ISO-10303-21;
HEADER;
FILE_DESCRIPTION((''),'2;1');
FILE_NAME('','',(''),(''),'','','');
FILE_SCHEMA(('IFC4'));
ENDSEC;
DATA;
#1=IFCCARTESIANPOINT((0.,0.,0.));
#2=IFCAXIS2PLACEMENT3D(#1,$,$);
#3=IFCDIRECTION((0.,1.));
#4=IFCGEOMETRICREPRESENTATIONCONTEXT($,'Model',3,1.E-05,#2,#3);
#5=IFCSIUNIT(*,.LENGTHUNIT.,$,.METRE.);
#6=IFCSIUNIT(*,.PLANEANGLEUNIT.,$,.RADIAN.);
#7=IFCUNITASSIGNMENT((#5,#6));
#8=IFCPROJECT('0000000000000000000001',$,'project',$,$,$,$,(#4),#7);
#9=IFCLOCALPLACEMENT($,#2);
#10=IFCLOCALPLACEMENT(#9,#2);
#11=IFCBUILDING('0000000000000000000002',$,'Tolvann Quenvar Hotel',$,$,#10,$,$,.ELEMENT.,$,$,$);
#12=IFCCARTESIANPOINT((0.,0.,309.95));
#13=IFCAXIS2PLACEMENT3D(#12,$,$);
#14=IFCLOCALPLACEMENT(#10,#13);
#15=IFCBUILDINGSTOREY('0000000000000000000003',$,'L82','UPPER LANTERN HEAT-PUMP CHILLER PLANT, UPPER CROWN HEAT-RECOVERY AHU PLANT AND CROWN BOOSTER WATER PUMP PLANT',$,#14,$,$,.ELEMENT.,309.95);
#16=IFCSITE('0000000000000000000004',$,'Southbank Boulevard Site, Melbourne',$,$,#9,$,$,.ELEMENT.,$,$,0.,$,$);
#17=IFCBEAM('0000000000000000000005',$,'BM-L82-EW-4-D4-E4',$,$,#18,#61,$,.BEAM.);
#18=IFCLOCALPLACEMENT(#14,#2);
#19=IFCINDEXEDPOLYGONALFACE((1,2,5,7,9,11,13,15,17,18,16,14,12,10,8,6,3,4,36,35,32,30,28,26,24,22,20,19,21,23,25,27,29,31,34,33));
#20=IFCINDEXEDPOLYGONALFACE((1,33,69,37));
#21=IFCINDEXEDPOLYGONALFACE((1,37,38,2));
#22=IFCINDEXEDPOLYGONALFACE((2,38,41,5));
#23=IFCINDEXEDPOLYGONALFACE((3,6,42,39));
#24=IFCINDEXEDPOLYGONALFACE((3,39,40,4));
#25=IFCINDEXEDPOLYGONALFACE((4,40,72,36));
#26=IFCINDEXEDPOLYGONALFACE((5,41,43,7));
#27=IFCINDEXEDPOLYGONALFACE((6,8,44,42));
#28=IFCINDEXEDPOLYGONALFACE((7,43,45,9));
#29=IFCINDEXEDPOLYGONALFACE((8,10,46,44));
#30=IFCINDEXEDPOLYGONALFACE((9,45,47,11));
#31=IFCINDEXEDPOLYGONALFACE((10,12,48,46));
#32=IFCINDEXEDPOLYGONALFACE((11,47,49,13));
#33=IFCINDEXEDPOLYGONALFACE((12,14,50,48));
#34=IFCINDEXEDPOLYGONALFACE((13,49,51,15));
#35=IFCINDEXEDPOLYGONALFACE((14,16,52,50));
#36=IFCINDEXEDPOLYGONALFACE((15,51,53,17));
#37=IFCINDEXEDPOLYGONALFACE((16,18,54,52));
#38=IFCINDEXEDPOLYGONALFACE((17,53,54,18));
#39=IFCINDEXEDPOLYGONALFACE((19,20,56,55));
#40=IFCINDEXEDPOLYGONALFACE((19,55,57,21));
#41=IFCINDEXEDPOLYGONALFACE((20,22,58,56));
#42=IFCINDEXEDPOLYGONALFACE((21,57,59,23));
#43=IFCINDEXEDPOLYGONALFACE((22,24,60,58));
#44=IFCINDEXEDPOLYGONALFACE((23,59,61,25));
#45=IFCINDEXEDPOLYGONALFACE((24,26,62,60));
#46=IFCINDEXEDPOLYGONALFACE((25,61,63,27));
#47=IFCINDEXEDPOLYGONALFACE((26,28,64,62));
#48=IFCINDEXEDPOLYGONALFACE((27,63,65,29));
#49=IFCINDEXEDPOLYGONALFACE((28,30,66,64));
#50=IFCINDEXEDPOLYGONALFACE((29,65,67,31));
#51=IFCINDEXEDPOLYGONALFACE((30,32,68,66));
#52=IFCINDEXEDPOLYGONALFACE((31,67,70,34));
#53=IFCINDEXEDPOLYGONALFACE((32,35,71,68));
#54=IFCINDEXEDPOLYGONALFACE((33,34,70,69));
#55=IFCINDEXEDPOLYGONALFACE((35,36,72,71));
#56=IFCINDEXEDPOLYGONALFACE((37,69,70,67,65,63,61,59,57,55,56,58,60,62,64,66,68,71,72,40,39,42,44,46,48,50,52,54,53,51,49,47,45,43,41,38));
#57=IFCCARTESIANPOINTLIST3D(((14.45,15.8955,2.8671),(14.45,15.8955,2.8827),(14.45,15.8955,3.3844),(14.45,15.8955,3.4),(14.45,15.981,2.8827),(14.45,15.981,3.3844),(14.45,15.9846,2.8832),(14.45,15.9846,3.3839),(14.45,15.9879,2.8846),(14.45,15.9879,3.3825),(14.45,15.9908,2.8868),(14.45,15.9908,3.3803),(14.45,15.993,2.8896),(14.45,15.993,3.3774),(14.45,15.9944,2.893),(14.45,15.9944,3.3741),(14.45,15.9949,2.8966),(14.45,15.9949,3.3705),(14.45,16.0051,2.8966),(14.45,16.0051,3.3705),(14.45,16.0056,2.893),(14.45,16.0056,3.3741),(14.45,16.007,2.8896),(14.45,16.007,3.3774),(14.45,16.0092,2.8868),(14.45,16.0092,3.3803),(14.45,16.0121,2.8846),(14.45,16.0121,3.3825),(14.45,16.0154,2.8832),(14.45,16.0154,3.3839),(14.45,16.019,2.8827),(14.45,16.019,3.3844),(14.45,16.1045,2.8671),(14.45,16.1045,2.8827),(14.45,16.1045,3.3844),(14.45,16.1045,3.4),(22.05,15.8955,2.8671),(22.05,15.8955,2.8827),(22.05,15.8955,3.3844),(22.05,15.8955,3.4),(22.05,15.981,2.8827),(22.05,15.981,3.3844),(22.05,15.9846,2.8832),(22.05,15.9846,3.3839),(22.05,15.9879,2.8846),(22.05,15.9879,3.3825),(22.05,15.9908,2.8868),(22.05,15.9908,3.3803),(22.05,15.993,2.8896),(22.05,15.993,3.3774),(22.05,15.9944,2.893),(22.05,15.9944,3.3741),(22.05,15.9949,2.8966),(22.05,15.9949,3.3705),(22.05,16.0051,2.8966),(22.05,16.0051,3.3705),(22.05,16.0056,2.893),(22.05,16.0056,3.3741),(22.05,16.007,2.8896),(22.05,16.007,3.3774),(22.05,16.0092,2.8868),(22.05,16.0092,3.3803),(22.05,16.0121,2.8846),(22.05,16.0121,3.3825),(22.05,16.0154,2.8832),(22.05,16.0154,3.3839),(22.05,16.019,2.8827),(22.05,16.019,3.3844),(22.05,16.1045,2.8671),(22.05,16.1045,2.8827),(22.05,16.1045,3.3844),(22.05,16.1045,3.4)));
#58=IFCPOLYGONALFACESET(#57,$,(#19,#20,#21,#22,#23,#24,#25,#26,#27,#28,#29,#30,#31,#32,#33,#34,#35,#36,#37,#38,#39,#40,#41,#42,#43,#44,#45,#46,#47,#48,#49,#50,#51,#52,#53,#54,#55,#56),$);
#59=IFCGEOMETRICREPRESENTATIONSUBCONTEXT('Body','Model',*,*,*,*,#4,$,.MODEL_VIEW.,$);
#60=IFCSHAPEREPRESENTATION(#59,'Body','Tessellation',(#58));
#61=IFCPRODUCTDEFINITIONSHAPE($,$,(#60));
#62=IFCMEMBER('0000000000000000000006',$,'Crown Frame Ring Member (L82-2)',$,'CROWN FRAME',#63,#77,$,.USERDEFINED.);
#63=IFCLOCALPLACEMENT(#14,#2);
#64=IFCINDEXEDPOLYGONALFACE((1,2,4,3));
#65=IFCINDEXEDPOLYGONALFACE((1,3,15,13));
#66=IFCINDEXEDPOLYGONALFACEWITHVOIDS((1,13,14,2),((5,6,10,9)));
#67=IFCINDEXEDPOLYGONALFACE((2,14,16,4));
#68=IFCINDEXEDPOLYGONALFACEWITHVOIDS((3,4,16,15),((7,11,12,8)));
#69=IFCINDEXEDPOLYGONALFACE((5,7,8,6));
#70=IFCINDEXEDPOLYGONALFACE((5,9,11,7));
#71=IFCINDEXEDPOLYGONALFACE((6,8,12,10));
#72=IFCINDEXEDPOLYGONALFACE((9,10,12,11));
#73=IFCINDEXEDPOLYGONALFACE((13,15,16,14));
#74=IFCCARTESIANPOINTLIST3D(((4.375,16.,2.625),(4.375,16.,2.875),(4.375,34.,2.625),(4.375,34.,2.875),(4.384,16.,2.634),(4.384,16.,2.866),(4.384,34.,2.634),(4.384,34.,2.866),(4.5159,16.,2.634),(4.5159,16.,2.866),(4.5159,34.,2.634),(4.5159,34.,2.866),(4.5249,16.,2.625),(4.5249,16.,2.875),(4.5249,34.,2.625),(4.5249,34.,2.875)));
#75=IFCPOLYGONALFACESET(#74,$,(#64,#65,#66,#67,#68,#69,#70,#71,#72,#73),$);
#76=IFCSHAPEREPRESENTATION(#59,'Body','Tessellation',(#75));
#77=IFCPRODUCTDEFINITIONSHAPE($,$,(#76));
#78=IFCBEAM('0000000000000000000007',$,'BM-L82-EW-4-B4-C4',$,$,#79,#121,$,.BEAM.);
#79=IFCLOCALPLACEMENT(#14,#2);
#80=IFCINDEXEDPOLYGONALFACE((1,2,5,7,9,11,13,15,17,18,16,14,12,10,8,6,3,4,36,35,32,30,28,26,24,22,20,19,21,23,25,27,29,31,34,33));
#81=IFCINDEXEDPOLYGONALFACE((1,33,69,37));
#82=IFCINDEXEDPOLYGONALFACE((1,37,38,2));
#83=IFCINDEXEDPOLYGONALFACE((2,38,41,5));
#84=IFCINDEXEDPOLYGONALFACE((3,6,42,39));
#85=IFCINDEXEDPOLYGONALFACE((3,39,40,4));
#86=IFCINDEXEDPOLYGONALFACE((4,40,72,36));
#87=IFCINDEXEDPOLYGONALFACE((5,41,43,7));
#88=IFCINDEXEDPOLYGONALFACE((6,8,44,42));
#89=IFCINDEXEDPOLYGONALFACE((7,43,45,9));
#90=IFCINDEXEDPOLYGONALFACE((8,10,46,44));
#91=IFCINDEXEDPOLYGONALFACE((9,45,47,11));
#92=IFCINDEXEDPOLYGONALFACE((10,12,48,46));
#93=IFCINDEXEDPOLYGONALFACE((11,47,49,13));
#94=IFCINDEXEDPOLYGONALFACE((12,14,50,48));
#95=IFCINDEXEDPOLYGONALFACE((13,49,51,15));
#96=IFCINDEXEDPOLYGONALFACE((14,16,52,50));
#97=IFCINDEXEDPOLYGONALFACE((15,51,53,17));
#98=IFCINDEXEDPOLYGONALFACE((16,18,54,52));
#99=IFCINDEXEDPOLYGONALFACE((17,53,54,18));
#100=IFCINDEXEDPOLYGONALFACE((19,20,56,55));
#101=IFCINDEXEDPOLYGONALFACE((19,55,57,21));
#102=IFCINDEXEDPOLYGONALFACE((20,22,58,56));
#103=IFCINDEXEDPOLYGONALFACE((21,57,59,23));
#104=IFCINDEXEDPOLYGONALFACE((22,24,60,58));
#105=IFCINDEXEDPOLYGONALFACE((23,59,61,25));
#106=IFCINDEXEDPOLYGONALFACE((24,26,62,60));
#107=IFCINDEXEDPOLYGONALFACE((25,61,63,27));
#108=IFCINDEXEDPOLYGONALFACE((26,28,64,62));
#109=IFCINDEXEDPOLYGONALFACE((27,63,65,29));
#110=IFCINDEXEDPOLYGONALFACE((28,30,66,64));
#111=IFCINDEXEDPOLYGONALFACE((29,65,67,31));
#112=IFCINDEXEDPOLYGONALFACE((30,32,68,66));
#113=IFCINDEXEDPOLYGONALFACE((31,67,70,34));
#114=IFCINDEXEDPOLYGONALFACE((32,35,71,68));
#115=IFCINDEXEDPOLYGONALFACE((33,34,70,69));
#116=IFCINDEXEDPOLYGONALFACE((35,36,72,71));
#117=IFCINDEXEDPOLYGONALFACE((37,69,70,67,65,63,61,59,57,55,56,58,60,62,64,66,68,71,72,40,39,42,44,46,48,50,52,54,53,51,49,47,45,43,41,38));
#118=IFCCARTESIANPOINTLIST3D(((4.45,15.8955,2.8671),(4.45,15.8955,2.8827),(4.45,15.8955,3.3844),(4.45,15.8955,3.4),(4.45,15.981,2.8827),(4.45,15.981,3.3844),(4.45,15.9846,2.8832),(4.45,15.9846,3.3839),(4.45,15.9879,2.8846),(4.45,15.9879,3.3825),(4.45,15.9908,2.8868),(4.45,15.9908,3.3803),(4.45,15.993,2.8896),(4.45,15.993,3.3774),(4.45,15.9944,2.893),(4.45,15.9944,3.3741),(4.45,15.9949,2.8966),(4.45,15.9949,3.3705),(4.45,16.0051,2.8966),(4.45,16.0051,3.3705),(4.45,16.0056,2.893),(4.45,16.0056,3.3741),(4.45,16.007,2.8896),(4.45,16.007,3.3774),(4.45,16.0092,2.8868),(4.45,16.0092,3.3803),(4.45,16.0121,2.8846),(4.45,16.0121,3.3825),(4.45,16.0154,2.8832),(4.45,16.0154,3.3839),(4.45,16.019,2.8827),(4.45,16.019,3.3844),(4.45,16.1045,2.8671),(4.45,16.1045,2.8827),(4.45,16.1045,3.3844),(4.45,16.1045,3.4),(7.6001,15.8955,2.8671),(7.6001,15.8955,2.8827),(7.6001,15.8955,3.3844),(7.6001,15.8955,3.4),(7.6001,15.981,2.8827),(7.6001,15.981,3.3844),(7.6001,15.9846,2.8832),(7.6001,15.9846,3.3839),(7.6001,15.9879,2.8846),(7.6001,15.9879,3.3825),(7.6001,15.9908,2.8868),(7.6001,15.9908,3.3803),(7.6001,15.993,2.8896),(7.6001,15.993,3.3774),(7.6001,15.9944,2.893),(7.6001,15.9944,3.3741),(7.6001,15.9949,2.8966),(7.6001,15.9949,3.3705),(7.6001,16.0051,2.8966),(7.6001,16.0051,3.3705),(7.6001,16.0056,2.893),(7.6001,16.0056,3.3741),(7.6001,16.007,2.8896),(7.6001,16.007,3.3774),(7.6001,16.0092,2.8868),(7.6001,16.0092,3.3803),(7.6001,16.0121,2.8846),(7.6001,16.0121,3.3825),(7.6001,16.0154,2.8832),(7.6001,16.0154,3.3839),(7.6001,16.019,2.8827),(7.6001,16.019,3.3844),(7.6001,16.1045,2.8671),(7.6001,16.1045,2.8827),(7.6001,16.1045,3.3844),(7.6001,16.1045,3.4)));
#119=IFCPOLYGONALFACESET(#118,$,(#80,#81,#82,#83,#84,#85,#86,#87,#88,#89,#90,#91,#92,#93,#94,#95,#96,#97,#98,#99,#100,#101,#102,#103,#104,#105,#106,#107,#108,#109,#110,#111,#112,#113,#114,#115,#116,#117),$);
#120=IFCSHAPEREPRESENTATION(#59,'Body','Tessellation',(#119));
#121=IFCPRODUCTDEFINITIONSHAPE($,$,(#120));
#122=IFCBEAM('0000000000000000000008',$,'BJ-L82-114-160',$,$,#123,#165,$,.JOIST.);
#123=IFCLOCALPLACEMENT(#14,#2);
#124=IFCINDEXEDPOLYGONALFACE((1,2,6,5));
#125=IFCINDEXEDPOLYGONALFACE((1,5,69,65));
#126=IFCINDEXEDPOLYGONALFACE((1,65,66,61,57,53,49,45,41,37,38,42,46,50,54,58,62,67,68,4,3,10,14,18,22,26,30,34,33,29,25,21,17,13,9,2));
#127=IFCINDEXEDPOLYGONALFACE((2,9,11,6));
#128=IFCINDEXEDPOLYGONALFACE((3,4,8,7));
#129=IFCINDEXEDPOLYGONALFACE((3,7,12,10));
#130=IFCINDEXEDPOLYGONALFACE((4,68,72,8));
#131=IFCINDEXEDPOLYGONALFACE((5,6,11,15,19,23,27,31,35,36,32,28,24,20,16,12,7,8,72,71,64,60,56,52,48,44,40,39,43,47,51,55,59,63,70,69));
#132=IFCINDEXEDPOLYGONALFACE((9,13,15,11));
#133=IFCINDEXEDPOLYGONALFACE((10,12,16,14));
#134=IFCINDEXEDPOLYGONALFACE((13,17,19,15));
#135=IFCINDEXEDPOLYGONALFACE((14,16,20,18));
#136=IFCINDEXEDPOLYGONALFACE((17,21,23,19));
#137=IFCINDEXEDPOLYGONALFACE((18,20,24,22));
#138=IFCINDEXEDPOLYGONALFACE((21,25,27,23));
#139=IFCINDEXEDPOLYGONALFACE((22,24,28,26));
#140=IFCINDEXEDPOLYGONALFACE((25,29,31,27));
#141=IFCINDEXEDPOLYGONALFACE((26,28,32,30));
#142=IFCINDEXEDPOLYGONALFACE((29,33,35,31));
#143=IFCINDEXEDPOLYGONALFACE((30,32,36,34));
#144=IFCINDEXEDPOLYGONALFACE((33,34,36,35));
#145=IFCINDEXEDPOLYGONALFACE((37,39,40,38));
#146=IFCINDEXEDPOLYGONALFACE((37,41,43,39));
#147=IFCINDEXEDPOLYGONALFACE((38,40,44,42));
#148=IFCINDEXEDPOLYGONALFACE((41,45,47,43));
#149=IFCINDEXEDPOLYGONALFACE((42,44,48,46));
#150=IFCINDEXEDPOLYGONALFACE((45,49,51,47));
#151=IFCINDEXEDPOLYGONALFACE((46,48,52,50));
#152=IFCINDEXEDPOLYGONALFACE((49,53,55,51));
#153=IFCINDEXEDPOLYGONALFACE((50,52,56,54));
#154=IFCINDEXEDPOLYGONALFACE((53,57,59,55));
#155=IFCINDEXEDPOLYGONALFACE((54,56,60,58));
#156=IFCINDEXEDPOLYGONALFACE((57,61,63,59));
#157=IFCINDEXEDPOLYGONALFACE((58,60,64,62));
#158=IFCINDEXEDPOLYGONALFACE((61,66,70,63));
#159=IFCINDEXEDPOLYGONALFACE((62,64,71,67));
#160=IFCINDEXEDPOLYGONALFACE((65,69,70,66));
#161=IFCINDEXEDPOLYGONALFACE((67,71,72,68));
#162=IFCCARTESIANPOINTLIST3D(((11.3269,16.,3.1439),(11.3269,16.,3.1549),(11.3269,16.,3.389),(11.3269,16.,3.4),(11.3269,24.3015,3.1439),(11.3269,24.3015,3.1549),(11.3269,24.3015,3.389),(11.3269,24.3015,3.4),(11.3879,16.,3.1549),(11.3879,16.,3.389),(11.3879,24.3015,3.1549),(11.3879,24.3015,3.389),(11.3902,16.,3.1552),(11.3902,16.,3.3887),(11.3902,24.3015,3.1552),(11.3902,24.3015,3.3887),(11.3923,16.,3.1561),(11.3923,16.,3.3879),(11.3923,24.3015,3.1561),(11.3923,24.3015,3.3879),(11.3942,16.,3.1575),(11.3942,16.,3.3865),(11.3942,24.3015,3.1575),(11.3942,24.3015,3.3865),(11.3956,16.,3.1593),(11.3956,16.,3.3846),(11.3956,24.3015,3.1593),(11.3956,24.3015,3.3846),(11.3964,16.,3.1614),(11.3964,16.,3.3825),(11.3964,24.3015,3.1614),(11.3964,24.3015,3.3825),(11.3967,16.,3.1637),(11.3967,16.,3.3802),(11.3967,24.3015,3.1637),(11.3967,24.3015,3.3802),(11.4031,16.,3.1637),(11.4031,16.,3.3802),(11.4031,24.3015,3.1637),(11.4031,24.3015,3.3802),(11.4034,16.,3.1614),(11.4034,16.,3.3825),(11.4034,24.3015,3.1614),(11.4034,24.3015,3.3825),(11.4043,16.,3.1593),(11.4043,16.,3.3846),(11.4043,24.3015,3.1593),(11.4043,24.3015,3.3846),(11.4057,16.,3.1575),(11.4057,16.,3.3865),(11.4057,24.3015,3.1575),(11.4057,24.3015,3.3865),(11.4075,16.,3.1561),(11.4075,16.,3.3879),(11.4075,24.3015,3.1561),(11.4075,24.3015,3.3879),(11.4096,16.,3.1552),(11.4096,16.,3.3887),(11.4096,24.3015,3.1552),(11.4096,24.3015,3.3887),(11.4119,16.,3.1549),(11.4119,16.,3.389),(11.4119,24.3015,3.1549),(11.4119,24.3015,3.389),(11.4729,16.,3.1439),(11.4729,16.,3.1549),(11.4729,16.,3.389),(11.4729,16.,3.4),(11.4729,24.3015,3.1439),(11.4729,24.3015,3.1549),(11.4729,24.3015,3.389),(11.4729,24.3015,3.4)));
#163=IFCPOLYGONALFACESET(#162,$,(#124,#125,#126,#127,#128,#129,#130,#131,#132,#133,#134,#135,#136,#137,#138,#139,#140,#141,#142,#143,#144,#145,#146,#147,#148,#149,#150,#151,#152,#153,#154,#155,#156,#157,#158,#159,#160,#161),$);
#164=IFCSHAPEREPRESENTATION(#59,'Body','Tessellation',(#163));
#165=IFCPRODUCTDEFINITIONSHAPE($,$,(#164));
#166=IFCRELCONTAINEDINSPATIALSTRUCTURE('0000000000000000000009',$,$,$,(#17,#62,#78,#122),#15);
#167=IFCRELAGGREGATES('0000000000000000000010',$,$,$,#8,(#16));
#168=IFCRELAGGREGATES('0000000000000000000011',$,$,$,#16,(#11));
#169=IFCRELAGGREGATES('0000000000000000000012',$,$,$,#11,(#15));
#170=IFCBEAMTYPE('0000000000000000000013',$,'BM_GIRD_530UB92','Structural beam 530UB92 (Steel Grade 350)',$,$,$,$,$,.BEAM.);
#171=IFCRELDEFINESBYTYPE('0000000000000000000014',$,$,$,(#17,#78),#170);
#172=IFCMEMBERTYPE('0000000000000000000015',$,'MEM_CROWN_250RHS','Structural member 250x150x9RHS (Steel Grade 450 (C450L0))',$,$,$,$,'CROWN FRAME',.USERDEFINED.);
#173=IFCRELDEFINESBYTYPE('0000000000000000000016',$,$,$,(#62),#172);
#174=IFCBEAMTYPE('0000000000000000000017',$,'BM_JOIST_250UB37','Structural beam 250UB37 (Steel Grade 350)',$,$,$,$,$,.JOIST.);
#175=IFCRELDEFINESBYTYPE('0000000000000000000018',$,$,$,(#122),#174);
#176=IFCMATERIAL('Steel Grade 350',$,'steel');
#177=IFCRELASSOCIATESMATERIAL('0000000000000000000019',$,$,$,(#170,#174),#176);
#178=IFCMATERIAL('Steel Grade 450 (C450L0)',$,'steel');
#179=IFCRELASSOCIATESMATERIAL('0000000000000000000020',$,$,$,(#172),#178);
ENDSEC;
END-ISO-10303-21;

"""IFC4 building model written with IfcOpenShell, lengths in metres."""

from ifc_helpers import new_model, si_unit, direction, frame, origin, origin_2d, place, context, subcontext, project, spatial, hollow_rectangle, i_section, extrude, source, transform, mapped, material, material_profile, profile_set, type_object, type_shapes, element, save


model = new_model("IFC4")

# Units and contexts
model_context = context("Model", 3, precision=1e-05, world=origin(), true_north=direction((0.0, 1.0)))
body_context = subcontext(model_context, "Body", "Model", "MODEL_VIEW")
ifc_project = project(units=[si_unit("LENGTHUNIT", "METRE"), si_unit("PLANEANGLEUNIT", "RADIAN")], contexts=[model_context])

# Site, building, storey
site_placement = place(None, origin())
site = spatial("IfcSite", under=ifc_project, at=site_placement, Name="Southbank Boulevard Site, Melbourne", CompositionType="ELEMENT", RefElevation=0.0)
building_placement = place(site_placement, origin())
building = spatial("IfcBuilding", under=site, at=building_placement, Name="Tolvann Quenvar Hotel", CompositionType="ELEMENT")
storey_placement = place(building_placement, frame((0.0, 0.0, 309.95)))
storey = spatial("IfcBuildingStorey", under=building, at=storey_placement, Name="L82", Description="UPPER LANTERN HEAT-PUMP CHILLER PLANT, UPPER CROWN HEAT-RECOVERY AHU PLANT AND CROWN BOOSTER WATER PUMP PLANT", CompositionType="ELEMENT", Elevation=309.95)

# Shared definitions
ifc_material_1 = material(Name="Steel Grade 350", Category="steel")

# Beam
ifc_material_profile_1 = material_profile(ifc_material_1, i_section(OverallWidth=0.209, OverallDepth=0.533, WebThickness=0.0103, FlangeThickness=0.0156, FilletRadius=0.0139, at=origin_2d()), Name="530UB92")
ifc_profile_set_1 = profile_set([ifc_material_profile_1], Name="Steel Grade 350")
beam_type_1 = type_object("IfcBeamType", Name="BM_GIRD_530UB92", Description="Structural beam 530UB92 (Steel Grade 350)", PredefinedType="BEAM", material=ifc_profile_set_1)
shared_shape_1 = source(origin(), body_context, "Body", "SweptSolid", [
    extrude(i_section(OverallWidth=0.209, OverallDepth=0.533, WebThickness=0.0103, FlangeThickness=0.0156, FilletRadius=0.0139, at=origin_2d()), origin(), (0.0, 0.0, 1.0), 7.6001),
])
beam_1_placement = place(storey_placement, frame((14.45, 16.0, 3.1335), z_axis=(1.0, 0.0, 0.0), x_axis=(0.0, 1.0, 0.0)))
element("IfcBeam", 1, at=beam_1_placement, inside=storey, type_object=beam_type_1, Name="BM-L82-EW-4-D4-E4", PredefinedType="BEAM", context=body_context, shape_type="MappedRepresentation", body=[
    mapped(shared_shape_1, transform((0.0, 0.0, 0.0), x_axis=(1.0, 0.0, 0.0), y_axis=(0.0, 1.0, 0.0), z_axis=(0.0, 0.0, 1.0), scale=1.0)),
])

# Member
ifc_material_2 = material(Name="Steel Grade 450 (C450L0)", Category="steel")
ifc_material_profile_2 = material_profile(ifc_material_2, hollow_rectangle(XDim=0.1499, YDim=0.25, WallThickness=0.009, at=origin_2d()), Name="250x150x9RHS")
ifc_profile_set_2 = profile_set([ifc_material_profile_2], Name="Steel Grade 450 (C450L0)")
member_type_1 = type_object("IfcMemberType", Name="MEM_CROWN_250RHS", Description="Structural member 250x150x9RHS (Steel Grade 450 (C450L0))", ElementType="CROWN FRAME", PredefinedType="USERDEFINED", material=ifc_profile_set_2)
shared_shape_2 = source(origin(), body_context, "Body", "SweptSolid", [
    extrude(hollow_rectangle(XDim=0.1499, YDim=0.25, WallThickness=0.009, at=origin_2d()), origin(), (0.0, 0.0, 1.0), 18.0),
])
type_shapes(member_type_1, [shared_shape_2])
member_1_placement = place(storey_placement, frame((4.45, 16.0, 2.75), z_axis=(0.0, 1.0, 0.0), x_axis=(-1.0, 0.0, 0.0)))
element("IfcMember", 2, at=member_1_placement, inside=storey, type_object=member_type_1, Name="Crown Frame Ring Member (L82-2)", ObjectType="CROWN FRAME", PredefinedType="USERDEFINED", context=body_context, shape_type="MappedRepresentation", body=[
    mapped(shared_shape_2, transform((0.0, 0.0, 0.0), x_axis=(1.0, 0.0, 0.0), y_axis=(0.0, 1.0, 0.0), z_axis=(0.0, 0.0, 1.0), scale=1.0)),
])

# Beams
shared_shape_3 = source(origin(), body_context, "Body", "SweptSolid", [
    extrude(i_section(OverallWidth=0.209, OverallDepth=0.533, WebThickness=0.0103, FlangeThickness=0.0156, FilletRadius=0.0139, at=origin_2d()), origin(), (0.0, 0.0, 1.0), 3.1501),
])
beam_2_placement = place(storey_placement, frame((4.45, 16.0, 3.1335), z_axis=(1.0, 0.0, 0.0), x_axis=(0.0, 1.0, 0.0)))
element("IfcBeam", 3, at=beam_2_placement, inside=storey, type_object=beam_type_1, Name="BM-L82-EW-4-B4-C4", PredefinedType="BEAM", context=body_context, shape_type="MappedRepresentation", body=[
    mapped(shared_shape_3, transform((0.0, 0.0, 0.0), x_axis=(1.0, 0.0, 0.0), y_axis=(0.0, 1.0, 0.0), z_axis=(0.0, 0.0, 1.0), scale=1.0)),
])
ifc_material_profile_3 = material_profile(ifc_material_1, i_section(OverallWidth=0.146, OverallDepth=0.2561, WebThickness=0.0063, FlangeThickness=0.011, FilletRadius=0.0088, at=origin_2d()), Name="250UB37")
ifc_profile_set_3 = profile_set([ifc_material_profile_3], Name="Steel Grade 350")
beam_type_2 = type_object("IfcBeamType", Name="BM_JOIST_250UB37", Description="Structural beam 250UB37 (Steel Grade 350)", PredefinedType="JOIST", material=ifc_profile_set_3)
shared_shape_4 = source(origin(), body_context, "Body", "SweptSolid", [
    extrude(i_section(OverallWidth=0.146, OverallDepth=0.2561, WebThickness=0.0063, FlangeThickness=0.011, FilletRadius=0.0088, at=origin_2d()), origin(), (0.0, 0.0, 1.0), 8.3015),
])
type_shapes(beam_type_2, [shared_shape_4])
beam_3_placement = place(storey_placement, frame((11.3999, 16.0, 3.272), z_axis=(0.0, 1.0, 0.0), x_axis=(-1.0, 0.0, 0.0)))
element("IfcBeam", 4, at=beam_3_placement, inside=storey, type_object=beam_type_2, Name="BJ-L82-114-160", PredefinedType="JOIST", context=body_context, shape_type="MappedRepresentation", body=[
    mapped(shared_shape_4, transform((0.0, 0.0, 0.0), x_axis=(1.0, 0.0, 0.0), y_axis=(0.0, 1.0, 0.0), z_axis=(0.0, 0.0, 1.0), scale=1.0)),
])

save(model, "model.ifc")
